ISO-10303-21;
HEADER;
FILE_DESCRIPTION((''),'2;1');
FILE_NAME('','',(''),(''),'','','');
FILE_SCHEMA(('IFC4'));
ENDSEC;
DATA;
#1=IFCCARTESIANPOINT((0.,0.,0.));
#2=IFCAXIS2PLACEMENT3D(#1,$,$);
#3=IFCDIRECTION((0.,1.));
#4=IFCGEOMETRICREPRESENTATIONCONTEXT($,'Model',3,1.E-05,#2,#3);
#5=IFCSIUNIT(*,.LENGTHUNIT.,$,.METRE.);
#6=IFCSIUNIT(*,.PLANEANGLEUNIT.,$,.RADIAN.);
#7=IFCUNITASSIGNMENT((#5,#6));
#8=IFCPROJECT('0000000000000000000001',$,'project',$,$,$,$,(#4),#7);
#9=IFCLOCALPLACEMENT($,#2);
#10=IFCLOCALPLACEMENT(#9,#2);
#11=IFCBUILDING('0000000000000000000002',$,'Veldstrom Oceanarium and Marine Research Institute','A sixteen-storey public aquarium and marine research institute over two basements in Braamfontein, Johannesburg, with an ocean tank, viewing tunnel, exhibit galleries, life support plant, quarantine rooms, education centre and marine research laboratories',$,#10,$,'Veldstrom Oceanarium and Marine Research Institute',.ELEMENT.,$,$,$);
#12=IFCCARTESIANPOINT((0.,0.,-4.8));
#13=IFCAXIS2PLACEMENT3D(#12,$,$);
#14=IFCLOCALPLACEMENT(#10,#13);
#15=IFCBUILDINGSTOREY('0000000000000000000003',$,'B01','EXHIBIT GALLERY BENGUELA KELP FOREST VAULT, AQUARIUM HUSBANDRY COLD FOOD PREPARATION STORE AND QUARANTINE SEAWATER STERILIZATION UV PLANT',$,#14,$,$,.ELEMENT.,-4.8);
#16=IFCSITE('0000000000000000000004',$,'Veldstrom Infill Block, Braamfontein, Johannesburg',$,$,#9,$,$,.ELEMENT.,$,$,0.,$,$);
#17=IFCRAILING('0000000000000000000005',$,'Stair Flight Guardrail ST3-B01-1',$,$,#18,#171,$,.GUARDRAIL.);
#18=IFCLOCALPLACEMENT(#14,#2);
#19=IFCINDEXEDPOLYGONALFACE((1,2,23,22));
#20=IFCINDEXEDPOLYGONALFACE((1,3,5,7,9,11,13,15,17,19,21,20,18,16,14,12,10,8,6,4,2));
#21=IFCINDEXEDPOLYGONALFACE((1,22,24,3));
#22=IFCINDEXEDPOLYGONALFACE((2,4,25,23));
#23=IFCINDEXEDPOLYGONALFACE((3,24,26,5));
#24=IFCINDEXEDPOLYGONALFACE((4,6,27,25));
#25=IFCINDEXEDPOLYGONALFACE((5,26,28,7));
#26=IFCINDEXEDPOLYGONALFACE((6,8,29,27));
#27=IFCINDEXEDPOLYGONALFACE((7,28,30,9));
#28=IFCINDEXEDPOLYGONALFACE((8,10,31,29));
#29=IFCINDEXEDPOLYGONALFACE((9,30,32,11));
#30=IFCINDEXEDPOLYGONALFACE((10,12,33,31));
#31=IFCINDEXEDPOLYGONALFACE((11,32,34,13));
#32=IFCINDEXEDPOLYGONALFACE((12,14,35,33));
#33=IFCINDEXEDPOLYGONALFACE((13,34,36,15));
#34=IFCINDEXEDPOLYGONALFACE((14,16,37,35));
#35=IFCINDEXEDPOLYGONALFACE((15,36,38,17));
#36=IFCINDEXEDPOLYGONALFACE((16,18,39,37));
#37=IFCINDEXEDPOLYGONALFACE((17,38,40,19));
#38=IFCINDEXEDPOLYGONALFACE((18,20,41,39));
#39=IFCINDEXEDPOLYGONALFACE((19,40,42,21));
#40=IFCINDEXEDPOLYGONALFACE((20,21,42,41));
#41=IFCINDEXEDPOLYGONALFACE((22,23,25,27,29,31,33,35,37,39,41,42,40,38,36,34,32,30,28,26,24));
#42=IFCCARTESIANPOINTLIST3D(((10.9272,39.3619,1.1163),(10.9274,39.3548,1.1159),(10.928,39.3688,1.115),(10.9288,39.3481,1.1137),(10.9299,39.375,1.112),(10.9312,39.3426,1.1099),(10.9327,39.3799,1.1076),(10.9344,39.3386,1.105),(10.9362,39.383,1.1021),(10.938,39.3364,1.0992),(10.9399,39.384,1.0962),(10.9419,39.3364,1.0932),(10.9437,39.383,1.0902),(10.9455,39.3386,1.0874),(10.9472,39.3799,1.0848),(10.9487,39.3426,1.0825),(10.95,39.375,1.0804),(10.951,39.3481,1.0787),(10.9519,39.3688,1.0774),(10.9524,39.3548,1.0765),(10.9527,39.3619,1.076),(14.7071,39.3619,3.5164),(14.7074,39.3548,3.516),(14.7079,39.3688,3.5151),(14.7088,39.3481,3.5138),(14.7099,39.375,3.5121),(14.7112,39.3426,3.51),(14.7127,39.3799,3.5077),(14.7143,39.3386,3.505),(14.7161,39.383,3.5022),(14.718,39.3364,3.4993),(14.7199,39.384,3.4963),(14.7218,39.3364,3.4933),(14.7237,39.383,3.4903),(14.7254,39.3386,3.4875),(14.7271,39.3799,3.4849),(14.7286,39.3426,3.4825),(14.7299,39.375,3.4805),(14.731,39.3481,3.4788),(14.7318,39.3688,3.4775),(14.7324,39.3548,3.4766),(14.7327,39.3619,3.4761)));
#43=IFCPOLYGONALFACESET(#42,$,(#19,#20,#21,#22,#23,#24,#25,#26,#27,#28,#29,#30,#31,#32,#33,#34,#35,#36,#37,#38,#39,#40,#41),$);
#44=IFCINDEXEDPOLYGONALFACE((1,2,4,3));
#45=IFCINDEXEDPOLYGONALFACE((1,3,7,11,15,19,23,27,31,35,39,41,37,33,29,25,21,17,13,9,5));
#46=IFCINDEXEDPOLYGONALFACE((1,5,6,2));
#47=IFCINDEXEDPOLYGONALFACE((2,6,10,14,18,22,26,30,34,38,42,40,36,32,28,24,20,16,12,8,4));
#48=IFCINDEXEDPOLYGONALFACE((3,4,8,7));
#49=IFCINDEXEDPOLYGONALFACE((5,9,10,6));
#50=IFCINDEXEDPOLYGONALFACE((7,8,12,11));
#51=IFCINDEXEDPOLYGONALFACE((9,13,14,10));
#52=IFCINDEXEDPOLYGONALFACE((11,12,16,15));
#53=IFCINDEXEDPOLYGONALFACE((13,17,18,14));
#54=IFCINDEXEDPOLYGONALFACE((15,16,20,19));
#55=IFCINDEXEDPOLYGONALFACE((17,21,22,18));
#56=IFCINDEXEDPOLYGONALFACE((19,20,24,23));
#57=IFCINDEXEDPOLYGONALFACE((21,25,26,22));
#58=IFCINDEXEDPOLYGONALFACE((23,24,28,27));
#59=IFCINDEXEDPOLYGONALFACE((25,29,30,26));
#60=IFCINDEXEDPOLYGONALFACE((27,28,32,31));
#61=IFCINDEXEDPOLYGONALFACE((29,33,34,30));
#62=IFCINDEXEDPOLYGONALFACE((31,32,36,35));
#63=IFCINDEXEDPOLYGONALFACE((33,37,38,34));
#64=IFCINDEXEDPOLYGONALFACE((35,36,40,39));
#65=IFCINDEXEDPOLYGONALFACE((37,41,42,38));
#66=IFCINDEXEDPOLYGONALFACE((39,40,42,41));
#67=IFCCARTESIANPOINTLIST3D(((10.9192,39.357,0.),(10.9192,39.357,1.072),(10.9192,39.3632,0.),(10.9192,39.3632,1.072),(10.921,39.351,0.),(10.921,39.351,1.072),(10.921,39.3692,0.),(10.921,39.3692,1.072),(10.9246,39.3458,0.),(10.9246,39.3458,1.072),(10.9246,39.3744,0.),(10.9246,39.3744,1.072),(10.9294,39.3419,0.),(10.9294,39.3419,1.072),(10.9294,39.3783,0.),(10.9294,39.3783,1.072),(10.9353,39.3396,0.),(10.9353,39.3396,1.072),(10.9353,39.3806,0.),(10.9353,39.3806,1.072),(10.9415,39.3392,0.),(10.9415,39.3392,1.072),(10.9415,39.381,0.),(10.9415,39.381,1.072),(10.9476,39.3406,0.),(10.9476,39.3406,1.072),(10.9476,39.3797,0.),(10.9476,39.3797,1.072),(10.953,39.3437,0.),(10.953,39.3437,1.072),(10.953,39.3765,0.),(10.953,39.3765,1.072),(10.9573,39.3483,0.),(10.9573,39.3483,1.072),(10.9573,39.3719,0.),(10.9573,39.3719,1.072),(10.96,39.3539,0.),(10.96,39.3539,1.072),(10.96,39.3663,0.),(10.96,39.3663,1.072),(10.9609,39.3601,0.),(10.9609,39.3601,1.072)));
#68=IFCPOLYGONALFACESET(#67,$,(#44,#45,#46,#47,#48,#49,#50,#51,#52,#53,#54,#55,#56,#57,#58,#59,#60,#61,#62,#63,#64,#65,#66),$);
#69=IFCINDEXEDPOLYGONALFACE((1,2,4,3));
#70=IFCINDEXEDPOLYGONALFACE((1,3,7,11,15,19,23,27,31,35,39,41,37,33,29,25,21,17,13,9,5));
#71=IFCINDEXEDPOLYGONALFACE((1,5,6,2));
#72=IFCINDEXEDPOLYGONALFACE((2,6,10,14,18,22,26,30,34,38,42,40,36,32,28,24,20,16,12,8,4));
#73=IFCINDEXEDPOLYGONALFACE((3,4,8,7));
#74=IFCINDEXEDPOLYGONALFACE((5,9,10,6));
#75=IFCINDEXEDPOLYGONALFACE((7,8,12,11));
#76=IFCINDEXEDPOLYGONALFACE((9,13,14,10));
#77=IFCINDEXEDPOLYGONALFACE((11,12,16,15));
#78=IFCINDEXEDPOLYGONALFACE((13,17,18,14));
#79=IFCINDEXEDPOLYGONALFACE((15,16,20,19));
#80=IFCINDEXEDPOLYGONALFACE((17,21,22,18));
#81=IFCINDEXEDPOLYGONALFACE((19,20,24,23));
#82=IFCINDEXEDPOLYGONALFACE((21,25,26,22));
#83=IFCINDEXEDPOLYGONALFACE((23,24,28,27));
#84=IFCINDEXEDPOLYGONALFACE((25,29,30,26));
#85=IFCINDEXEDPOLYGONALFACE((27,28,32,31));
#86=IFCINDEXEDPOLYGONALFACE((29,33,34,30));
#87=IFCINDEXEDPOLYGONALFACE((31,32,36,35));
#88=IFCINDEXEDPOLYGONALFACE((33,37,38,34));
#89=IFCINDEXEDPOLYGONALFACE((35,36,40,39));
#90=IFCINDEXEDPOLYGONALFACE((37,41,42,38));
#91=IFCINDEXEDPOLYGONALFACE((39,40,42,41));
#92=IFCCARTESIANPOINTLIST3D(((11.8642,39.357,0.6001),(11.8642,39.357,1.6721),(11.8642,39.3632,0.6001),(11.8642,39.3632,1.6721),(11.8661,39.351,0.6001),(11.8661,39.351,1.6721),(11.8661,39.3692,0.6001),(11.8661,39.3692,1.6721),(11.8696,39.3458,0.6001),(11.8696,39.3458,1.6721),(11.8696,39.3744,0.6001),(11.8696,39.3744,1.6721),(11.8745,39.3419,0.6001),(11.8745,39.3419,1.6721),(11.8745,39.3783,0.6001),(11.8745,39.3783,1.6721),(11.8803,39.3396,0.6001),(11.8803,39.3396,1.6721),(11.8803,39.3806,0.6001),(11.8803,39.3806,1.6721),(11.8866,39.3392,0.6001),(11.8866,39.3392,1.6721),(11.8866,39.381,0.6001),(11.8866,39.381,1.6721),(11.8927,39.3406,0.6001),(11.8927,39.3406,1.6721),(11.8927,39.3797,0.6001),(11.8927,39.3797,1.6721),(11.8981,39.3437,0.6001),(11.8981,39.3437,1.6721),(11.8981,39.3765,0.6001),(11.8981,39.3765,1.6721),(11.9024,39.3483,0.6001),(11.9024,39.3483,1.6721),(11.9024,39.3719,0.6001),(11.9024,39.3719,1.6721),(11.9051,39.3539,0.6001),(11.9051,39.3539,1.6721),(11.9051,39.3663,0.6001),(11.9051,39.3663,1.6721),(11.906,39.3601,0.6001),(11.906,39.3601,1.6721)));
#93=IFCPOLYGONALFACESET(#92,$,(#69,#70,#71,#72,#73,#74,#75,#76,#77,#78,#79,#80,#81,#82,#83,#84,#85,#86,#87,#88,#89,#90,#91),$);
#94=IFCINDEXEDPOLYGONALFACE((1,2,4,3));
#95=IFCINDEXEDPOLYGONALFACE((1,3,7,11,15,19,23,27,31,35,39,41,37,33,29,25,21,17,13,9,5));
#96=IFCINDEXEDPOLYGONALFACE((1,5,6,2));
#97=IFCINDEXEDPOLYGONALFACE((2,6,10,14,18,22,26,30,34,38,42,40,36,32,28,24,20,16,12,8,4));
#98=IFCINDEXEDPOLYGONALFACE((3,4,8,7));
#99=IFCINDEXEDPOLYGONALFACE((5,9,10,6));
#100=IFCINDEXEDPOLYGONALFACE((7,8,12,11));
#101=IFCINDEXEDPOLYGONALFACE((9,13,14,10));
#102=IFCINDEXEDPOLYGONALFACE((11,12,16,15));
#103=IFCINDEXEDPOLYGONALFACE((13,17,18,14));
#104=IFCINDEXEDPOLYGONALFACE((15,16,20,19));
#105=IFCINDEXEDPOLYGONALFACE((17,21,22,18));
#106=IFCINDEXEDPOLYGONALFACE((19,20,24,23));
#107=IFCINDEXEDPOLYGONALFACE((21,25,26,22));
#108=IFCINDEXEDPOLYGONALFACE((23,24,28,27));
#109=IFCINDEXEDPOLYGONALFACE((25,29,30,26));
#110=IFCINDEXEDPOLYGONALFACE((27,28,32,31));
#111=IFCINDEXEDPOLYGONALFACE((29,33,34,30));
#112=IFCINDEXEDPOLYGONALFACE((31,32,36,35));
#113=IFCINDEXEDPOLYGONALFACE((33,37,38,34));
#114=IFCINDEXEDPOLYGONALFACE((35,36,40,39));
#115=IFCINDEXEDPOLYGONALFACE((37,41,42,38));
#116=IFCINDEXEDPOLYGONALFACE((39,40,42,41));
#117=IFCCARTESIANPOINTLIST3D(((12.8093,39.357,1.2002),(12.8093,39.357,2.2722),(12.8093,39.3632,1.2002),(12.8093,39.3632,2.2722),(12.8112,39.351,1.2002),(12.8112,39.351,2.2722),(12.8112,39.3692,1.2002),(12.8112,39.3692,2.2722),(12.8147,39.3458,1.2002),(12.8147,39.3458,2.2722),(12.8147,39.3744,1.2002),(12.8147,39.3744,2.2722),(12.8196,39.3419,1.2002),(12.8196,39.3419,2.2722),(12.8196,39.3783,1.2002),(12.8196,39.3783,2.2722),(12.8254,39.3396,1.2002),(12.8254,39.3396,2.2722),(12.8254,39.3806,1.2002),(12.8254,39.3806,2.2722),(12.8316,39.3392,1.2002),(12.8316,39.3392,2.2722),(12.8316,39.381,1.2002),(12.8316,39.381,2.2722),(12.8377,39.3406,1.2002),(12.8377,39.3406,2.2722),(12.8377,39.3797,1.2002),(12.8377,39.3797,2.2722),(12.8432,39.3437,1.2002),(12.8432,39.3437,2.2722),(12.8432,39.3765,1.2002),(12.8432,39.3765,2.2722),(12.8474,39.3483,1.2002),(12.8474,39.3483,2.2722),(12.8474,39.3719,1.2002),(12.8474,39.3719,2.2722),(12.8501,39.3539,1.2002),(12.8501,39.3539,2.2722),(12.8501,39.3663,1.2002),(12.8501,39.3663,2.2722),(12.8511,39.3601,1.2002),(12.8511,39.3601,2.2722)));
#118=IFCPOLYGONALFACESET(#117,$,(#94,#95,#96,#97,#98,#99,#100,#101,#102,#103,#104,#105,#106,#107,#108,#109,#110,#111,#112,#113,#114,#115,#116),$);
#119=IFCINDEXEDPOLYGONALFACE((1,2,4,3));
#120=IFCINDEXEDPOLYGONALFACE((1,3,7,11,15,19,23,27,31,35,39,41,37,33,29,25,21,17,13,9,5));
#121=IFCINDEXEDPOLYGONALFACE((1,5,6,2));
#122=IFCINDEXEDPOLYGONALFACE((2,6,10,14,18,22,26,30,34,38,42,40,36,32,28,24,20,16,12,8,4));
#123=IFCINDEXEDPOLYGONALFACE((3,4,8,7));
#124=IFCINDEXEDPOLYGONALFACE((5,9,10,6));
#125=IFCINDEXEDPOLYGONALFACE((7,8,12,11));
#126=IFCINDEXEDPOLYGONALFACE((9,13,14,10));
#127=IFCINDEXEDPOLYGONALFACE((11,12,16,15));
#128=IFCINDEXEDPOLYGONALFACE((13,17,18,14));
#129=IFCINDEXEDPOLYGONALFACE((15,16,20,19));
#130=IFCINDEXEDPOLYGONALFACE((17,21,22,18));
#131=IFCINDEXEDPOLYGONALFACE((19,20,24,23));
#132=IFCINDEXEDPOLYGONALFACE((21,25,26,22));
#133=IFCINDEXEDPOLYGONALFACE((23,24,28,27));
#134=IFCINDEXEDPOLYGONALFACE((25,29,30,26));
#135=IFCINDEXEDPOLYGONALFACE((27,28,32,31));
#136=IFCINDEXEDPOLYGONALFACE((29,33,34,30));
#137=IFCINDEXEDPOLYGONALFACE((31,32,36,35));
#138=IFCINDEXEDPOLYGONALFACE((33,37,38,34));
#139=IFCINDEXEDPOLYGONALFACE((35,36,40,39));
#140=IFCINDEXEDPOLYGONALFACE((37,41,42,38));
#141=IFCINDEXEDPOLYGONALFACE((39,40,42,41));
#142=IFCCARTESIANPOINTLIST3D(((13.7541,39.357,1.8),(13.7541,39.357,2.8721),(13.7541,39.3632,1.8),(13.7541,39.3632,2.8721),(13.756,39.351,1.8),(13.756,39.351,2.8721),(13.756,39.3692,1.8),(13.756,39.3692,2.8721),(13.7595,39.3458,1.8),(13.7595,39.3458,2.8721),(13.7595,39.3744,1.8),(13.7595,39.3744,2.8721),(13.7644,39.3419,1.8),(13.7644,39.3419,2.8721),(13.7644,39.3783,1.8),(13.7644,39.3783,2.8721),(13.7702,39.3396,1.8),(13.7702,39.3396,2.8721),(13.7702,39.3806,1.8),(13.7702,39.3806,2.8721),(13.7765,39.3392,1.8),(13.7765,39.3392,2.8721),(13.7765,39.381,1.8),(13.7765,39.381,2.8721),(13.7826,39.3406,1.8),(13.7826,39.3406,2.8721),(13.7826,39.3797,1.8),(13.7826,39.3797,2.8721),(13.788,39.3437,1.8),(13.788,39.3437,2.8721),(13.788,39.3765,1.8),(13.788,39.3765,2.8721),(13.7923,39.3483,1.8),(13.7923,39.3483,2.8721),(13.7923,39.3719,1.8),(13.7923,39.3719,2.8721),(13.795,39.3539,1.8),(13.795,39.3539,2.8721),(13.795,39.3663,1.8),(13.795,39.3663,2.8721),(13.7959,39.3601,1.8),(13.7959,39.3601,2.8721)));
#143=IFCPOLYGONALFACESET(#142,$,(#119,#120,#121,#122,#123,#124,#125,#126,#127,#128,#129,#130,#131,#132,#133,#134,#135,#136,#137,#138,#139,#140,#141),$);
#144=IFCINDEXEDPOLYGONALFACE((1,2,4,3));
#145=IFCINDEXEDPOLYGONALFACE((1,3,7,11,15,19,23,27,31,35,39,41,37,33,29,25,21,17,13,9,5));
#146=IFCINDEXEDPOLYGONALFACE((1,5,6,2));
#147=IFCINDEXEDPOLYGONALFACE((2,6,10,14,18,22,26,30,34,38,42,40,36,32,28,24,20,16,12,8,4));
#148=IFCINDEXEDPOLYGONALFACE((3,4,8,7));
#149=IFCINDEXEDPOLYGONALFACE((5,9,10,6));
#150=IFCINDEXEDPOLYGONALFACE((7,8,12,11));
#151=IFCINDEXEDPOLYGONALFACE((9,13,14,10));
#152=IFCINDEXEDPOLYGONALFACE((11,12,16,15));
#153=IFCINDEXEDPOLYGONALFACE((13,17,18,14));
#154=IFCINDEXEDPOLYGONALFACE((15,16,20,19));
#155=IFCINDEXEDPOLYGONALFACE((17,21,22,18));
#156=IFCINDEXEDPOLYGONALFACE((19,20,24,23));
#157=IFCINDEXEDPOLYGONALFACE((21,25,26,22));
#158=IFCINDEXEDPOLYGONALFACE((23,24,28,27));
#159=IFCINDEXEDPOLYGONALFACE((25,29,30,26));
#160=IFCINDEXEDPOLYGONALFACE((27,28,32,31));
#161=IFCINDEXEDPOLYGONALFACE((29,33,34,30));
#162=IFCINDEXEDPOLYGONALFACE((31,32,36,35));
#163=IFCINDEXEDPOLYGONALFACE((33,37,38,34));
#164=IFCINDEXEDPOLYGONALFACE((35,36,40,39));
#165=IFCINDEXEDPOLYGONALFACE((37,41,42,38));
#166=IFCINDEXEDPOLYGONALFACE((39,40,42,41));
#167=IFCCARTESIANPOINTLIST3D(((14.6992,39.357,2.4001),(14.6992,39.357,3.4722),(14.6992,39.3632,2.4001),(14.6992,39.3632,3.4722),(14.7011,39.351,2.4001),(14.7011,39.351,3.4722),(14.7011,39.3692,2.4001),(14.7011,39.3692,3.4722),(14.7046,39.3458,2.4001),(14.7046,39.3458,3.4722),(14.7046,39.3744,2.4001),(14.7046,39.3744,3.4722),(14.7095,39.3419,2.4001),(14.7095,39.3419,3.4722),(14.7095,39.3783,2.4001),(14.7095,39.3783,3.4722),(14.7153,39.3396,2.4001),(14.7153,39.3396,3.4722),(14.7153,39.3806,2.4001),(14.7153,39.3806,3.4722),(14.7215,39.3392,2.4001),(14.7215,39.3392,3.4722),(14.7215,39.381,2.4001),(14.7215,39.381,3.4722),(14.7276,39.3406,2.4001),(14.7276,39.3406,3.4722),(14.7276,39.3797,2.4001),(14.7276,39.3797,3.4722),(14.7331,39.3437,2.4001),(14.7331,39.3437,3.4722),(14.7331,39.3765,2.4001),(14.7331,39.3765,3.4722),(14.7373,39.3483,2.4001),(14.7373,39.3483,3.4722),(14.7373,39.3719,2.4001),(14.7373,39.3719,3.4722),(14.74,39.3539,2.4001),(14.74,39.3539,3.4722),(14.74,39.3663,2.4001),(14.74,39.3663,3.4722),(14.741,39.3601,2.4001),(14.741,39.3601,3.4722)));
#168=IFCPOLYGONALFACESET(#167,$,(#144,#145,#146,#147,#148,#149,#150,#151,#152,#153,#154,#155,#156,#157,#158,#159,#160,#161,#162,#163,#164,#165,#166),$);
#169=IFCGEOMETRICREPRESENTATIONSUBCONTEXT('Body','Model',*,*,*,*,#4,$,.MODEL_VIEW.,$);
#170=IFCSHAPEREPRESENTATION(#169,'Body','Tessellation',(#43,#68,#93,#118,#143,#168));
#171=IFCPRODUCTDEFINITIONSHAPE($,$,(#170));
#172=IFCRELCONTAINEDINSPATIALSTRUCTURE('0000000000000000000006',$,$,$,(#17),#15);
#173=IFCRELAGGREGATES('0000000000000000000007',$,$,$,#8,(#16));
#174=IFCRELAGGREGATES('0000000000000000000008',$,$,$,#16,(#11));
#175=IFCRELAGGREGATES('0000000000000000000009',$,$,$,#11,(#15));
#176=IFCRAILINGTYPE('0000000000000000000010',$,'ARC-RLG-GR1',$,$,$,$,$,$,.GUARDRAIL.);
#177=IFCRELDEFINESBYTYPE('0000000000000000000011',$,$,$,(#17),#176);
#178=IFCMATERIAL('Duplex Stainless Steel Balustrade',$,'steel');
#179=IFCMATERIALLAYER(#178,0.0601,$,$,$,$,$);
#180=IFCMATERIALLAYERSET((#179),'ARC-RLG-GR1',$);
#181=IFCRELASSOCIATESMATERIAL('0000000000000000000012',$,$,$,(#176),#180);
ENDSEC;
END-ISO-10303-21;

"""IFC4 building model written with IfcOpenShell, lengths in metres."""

from ifc_helpers import new_model, si_unit, direction, frame, origin, origin_2d, place, context, subcontext, project, spatial, circle, extrude, material, layer, layer_set, type_object, element, save


model = new_model("IFC4")

# Units and contexts
model_context = context("Model", 3, precision=1e-05, world=origin(), true_north=direction((0.0, 1.0)))
body_context = subcontext(model_context, "Body", "Model", "MODEL_VIEW")
ifc_project = project(units=[si_unit("LENGTHUNIT", "METRE"), si_unit("PLANEANGLEUNIT", "RADIAN")], contexts=[model_context])

# Site, building, storey
site_placement = place(None, origin())
site = spatial("IfcSite", under=ifc_project, at=site_placement, Name="Veldstrom Infill Block, Braamfontein, Johannesburg", CompositionType="ELEMENT", RefElevation=0.0)
building_placement = place(site_placement, origin())
building = spatial("IfcBuilding", under=site, at=building_placement, Name="Veldstrom Oceanarium and Marine Research Institute", Description="A sixteen-storey public aquarium and marine research institute over two basements in Braamfontein, Johannesburg, with an ocean tank, viewing tunnel, exhibit galleries, life support plant, quarantine rooms, education centre and marine research laboratories", LongName="Veldstrom Oceanarium and Marine Research Institute", CompositionType="ELEMENT")
storey_placement = place(building_placement, frame((0.0, 0.0, -4.8)))
storey = spatial("IfcBuildingStorey", under=building, at=storey_placement, Name="B01", Description="EXHIBIT GALLERY BENGUELA KELP FOREST VAULT, AQUARIUM HUSBANDRY COLD FOOD PREPARATION STORE AND QUARANTINE SEAWATER STERILIZATION UV PLANT", CompositionType="ELEMENT", Elevation=-4.8)

# Railing
ifc_material_1 = material(Name="Duplex Stainless Steel Balustrade", Category="steel")
ifc_layer_1 = layer(ifc_material_1, 0.0601)
ifc_layer_set_1 = layer_set([ifc_layer_1], Name="ARC-RLG-GR1")
railing_type_1 = type_object("IfcRailingType", Name="ARC-RLG-GR1", PredefinedType="GUARDRAIL", material=ifc_layer_set_1)
railing_1_placement = place(storey_placement, frame((10.9399, 39.3601, 0.0)))
element("IfcRailing", 1, at=railing_1_placement, inside=storey, type_object=railing_type_1, Name="Stair Flight Guardrail ST3-B01-1", PredefinedType="GUARDRAIL", context=body_context, shape_type="SweptSolid", body=[
    extrude(circle(Radius=0.0239, at=origin_2d()), frame((0.0, 0.0, 1.0962), z_axis=(0.8442, 0.0, 0.536028), x_axis=(0.0, 1.0, 0.0)), (0.0, 0.0, 1.0), 4.4775),
    extrude(circle(Radius=0.021, at=origin_2d()), origin(), (0.0, 0.0, 1.0), 1.072),
    extrude(circle(Radius=0.021, at=origin_2d()), frame((0.9451, 0.0, 0.6001)), (0.0, 0.0, 1.0), 1.072),
    extrude(circle(Radius=0.021, at=origin_2d()), frame((1.8901, 0.0, 1.2002)), (0.0, 0.0, 1.0), 1.072),
    extrude(circle(Radius=0.021, at=origin_2d()), frame((2.835, 0.0, 1.8)), (0.0, 0.0, 1.0), 1.072),
    extrude(circle(Radius=0.021, at=origin_2d()), frame((3.78, 0.0, 2.4001)), (0.0, 0.0, 1.0), 1.072),
])

save(model, "model.ifc")
